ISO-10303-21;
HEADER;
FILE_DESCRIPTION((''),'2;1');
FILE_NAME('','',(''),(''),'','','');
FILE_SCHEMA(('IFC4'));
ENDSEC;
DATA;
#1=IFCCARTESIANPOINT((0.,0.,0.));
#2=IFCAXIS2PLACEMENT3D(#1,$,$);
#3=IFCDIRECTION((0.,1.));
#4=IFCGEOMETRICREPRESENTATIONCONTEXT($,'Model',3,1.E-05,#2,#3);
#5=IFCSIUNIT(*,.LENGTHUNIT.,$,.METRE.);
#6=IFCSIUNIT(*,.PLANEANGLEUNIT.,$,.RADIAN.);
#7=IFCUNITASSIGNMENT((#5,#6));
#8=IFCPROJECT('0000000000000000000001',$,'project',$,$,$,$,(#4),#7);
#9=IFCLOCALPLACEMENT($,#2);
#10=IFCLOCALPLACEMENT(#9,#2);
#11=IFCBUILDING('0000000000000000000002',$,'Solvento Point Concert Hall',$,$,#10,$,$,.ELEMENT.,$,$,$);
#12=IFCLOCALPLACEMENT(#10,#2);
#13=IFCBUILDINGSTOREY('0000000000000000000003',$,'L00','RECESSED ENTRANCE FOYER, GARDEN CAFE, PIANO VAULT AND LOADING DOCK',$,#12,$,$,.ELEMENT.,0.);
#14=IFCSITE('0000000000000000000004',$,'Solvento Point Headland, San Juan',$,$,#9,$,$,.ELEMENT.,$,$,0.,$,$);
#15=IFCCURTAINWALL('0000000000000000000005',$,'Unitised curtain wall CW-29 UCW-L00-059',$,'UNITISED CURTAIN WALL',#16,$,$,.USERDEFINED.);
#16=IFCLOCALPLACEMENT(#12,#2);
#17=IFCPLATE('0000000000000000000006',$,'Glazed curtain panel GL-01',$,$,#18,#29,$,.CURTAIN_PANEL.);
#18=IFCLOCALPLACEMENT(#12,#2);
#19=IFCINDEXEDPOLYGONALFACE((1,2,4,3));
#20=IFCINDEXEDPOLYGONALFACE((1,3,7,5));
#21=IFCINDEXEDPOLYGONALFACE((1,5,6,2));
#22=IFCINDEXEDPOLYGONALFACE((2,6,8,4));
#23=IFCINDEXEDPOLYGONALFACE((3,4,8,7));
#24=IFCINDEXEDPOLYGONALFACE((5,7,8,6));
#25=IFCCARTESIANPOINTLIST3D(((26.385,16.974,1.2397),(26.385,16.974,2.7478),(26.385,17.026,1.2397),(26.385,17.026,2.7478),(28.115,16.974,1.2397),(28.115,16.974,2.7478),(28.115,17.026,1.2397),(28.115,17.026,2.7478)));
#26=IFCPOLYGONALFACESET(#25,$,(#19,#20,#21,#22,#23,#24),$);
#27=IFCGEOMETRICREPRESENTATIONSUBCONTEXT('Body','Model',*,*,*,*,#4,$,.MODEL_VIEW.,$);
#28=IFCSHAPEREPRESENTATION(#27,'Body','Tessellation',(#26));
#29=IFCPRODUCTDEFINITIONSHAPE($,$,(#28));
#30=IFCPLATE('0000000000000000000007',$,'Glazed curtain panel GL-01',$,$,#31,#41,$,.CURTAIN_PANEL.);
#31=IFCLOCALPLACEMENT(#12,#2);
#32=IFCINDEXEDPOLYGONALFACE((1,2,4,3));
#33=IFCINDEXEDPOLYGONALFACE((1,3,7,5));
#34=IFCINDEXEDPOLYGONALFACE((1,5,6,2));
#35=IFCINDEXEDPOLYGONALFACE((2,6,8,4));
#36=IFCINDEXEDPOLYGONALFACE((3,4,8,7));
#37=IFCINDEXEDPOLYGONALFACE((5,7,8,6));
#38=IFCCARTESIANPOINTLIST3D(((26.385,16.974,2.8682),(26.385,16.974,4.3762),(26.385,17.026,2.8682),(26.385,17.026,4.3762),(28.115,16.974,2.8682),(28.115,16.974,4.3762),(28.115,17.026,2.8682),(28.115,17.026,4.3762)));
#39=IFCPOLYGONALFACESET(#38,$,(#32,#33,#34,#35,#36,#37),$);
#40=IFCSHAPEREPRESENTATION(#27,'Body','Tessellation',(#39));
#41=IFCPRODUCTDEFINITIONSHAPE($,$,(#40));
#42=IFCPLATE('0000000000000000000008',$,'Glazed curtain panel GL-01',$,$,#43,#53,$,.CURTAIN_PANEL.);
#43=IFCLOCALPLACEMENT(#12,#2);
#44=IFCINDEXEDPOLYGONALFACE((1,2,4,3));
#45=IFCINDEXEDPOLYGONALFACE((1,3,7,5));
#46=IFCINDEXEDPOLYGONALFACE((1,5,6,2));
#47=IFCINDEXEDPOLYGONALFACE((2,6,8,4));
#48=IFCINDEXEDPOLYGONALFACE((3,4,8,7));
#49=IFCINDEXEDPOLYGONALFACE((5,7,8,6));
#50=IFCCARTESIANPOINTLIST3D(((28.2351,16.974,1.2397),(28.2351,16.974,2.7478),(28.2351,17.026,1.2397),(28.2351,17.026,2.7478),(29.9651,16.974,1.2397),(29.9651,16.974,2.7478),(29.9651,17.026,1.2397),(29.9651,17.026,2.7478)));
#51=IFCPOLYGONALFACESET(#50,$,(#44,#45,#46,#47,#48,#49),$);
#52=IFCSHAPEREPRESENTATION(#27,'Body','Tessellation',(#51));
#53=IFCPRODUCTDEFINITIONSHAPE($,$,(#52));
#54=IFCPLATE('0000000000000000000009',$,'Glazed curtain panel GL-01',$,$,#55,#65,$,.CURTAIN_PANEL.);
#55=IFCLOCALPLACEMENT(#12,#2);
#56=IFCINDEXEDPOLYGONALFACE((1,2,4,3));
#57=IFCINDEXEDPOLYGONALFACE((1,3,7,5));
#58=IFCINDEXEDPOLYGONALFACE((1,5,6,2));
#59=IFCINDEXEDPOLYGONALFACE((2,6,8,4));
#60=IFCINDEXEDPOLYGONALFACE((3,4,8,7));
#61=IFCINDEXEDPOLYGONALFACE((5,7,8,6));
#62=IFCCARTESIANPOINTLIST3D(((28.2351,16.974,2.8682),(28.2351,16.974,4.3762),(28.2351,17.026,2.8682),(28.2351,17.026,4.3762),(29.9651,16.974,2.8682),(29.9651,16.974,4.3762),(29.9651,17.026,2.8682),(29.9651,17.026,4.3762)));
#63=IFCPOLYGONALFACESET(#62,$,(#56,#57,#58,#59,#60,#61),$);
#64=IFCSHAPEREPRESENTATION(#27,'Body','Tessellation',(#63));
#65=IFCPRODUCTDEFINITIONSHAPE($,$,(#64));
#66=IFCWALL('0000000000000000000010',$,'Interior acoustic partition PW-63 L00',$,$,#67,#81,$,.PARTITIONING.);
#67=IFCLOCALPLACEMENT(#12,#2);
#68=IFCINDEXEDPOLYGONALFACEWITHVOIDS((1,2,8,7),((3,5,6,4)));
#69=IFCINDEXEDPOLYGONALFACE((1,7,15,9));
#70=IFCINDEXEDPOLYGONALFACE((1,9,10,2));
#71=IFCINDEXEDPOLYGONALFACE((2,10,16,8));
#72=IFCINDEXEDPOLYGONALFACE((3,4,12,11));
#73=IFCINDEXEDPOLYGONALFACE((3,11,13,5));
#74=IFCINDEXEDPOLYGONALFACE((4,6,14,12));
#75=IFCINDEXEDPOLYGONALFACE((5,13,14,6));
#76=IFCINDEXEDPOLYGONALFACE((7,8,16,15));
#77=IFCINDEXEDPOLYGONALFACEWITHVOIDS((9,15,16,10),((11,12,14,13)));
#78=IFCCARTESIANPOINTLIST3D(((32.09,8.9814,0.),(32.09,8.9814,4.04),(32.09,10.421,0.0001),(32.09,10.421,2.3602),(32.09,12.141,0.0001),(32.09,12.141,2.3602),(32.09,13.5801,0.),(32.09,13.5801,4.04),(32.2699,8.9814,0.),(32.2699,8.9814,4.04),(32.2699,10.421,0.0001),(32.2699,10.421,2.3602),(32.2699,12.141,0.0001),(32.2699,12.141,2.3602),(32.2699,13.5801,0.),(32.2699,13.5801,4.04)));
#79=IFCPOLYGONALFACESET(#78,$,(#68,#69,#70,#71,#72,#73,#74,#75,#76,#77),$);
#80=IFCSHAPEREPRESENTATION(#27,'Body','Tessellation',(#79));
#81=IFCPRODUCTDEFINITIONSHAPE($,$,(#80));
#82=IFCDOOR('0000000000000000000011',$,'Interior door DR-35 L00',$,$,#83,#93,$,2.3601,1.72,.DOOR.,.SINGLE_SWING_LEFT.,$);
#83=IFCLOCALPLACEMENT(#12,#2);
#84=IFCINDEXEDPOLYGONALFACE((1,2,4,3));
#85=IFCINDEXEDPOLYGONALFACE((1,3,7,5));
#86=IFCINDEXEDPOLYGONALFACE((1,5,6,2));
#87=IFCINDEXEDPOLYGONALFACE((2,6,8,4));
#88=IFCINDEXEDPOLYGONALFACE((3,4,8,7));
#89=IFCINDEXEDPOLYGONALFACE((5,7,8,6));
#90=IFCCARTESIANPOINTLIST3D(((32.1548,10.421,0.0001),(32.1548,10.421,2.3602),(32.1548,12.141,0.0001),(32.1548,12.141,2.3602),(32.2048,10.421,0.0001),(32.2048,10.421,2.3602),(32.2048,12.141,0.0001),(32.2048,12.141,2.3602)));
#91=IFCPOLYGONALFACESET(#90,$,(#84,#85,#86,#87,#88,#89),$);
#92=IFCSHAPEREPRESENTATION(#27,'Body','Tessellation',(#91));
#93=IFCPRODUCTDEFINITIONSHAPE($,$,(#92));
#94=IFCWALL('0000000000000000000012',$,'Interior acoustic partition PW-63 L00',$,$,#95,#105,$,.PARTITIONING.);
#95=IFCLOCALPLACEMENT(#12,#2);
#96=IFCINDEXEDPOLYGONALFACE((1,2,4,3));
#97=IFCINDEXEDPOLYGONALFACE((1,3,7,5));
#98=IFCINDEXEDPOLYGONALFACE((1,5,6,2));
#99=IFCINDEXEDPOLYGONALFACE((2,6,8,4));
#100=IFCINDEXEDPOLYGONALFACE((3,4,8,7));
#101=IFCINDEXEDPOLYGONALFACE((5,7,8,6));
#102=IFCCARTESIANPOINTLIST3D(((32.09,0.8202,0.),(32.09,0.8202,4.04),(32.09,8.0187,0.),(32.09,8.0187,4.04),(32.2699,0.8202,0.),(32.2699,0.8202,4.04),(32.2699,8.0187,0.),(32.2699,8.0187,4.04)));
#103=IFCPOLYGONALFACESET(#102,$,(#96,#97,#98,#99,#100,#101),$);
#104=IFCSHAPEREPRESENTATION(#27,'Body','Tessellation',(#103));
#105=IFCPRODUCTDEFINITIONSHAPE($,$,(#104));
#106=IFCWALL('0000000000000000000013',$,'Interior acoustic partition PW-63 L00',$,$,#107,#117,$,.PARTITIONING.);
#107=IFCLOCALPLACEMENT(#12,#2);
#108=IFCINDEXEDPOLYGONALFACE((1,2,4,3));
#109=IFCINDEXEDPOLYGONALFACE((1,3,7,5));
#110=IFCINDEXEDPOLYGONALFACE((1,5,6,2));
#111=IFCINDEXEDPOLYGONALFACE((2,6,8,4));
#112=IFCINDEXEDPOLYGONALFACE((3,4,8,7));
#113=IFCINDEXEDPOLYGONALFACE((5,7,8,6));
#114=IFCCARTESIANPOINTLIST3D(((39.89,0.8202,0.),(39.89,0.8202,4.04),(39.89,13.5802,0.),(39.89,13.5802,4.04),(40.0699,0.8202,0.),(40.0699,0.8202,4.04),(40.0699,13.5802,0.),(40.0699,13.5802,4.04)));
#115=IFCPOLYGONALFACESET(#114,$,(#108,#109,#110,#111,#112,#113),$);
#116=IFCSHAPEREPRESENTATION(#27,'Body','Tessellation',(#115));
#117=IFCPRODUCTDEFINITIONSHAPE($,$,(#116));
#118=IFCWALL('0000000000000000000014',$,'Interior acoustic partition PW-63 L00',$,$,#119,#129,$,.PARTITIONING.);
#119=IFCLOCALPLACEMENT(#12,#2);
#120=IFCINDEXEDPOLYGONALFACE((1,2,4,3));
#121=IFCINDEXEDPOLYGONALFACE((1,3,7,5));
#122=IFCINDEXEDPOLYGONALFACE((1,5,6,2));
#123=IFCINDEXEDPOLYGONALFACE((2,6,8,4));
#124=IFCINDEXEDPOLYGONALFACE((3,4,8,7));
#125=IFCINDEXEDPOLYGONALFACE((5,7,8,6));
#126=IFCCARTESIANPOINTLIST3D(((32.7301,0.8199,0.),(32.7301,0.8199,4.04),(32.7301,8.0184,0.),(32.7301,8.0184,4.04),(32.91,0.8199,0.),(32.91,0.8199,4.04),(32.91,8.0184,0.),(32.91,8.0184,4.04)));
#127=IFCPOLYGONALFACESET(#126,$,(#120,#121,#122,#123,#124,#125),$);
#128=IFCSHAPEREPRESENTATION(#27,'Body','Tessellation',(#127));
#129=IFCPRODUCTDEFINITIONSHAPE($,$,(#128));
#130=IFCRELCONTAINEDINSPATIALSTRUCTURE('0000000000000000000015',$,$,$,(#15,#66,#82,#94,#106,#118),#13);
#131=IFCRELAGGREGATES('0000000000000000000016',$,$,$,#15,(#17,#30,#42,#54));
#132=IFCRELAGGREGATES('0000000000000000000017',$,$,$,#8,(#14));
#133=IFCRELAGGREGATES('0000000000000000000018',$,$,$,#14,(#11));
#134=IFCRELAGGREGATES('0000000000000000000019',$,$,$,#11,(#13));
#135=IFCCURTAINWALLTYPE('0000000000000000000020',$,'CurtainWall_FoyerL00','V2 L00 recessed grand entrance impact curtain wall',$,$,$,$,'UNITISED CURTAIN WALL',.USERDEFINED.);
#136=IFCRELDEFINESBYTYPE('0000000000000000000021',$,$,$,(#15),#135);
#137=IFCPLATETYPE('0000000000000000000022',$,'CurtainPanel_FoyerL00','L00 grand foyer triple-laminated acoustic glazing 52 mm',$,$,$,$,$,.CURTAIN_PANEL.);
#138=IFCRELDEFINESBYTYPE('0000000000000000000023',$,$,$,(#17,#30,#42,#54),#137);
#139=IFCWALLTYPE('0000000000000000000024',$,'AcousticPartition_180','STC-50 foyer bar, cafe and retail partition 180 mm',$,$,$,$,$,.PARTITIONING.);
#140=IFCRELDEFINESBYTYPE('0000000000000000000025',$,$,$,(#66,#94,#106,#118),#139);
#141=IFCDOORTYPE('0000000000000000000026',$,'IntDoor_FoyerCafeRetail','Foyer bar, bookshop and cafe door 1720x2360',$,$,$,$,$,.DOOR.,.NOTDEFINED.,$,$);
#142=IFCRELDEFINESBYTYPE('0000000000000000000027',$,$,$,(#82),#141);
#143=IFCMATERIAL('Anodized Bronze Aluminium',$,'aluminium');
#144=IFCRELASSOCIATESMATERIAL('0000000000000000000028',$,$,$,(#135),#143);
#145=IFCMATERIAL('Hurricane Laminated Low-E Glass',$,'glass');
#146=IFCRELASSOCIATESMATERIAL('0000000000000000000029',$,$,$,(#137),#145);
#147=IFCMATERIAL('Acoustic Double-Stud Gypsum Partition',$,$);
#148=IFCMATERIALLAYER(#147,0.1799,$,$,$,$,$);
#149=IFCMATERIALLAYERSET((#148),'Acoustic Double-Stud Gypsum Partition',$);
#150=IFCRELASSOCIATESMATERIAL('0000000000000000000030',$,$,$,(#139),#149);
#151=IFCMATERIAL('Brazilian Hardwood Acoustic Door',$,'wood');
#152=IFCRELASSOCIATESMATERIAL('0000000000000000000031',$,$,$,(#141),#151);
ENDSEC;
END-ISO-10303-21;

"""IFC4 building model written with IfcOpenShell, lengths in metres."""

from ifc_helpers import new_model, si_unit, direction, frame, frame_2d, origin, origin_2d, place, context, subcontext, project, spatial, rectangle, extrude, material, layer, layer_set, type_object, element, fill, aggregate, save


model = new_model("IFC4")

# Units and contexts
model_context = context("Model", 3, precision=1e-05, world=origin(), true_north=direction((0.0, 1.0)))
body_context = subcontext(model_context, "Body", "Model", "MODEL_VIEW")
ifc_project = project(units=[si_unit("LENGTHUNIT", "METRE"), si_unit("PLANEANGLEUNIT", "RADIAN")], contexts=[model_context])

# Site, building, storey
site_placement = place(None, origin())
site = spatial("IfcSite", under=ifc_project, at=site_placement, Name="Solvento Point Headland, San Juan", CompositionType="ELEMENT", RefElevation=0.0)
building_placement = place(site_placement, origin())
building = spatial("IfcBuilding", under=site, at=building_placement, Name="Solvento Point Concert Hall", CompositionType="ELEMENT")
storey_placement = place(building_placement, origin())
storey = spatial("IfcBuildingStorey", under=building, at=storey_placement, Name="L00", Description="RECESSED ENTRANCE FOYER, GARDEN CAFE, PIANO VAULT AND LOADING DOCK", CompositionType="ELEMENT", Elevation=0.0)

# Curtain wall, plates
ifc_material_1 = material(Name="Anodized Bronze Aluminium", Category="aluminium")
curtain_wall_type = type_object("IfcCurtainWallType", Name="CurtainWall_FoyerL00", Description="V2 L00 recessed grand entrance impact curtain wall", ElementType="UNITISED CURTAIN WALL", PredefinedType="USERDEFINED", material=ifc_material_1)
curtain_wall_placement = place(storey_placement, origin())
curtain_wall = element("IfcCurtainWall", 1, at=curtain_wall_placement, inside=storey, type_object=curtain_wall_type, Name="Unitised curtain wall CW-29 UCW-L00-059", ObjectType="UNITISED CURTAIN WALL", PredefinedType="USERDEFINED")
ifc_material_2 = material(Name="Hurricane Laminated Low-E Glass", Category="glass")
plate_type = type_object("IfcPlateType", Name="CurtainPanel_FoyerL00", Description="L00 grand foyer triple-laminated acoustic glazing 52 mm", PredefinedType="CURTAIN_PANEL", material=ifc_material_2)
plate_1_placement = place(storey_placement, frame((27.25, 17.0, 1.2397), z_axis=(0.0, 0.0, 1.0), x_axis=(1.0, 0.0, 0.0)))
plate_1 = element("IfcPlate", 2, at=plate_1_placement, type_object=plate_type, Name="Glazed curtain panel GL-01", PredefinedType="CURTAIN_PANEL", context=body_context, shape_type="SweptSolid", body=[
    extrude(rectangle(XDim=1.73, YDim=0.052, at=origin_2d()), origin(), (0.0, 0.0, 1.0), 1.5081),
])
plate_2_placement = place(storey_placement, frame((27.25, 17.0, 2.8682), z_axis=(0.0, 0.0, 1.0), x_axis=(1.0, 0.0, 0.0)))
plate_2 = element("IfcPlate", 3, at=plate_2_placement, type_object=plate_type, Name="Glazed curtain panel GL-01", PredefinedType="CURTAIN_PANEL", context=body_context, shape_type="SweptSolid", body=[
    extrude(rectangle(XDim=1.73, YDim=0.052, at=origin_2d()), origin(), (0.0, 0.0, 1.0), 1.5081),
])
plate_3_placement = place(storey_placement, frame((29.1001, 17.0, 1.2397), z_axis=(0.0, 0.0, 1.0), x_axis=(1.0, 0.0, 0.0)))
plate_3 = element("IfcPlate", 4, at=plate_3_placement, type_object=plate_type, Name="Glazed curtain panel GL-01", PredefinedType="CURTAIN_PANEL", context=body_context, shape_type="SweptSolid", body=[
    extrude(rectangle(XDim=1.73, YDim=0.052, at=origin_2d()), origin(), (0.0, 0.0, 1.0), 1.5081),
])
plate_4_placement = place(storey_placement, frame((29.1001, 17.0, 2.8682), z_axis=(0.0, 0.0, 1.0), x_axis=(1.0, 0.0, 0.0)))
plate_4 = element("IfcPlate", 5, at=plate_4_placement, type_object=plate_type, Name="Glazed curtain panel GL-01", PredefinedType="CURTAIN_PANEL", context=body_context, shape_type="SweptSolid", body=[
    extrude(rectangle(XDim=1.73, YDim=0.052, at=origin_2d()), origin(), (0.0, 0.0, 1.0), 1.5081),
])
aggregate(curtain_wall, [plate_1, plate_2, plate_3, plate_4])

# Wall, opening, door
ifc_material_3 = material(Name="Acoustic Double-Stud Gypsum Partition")
ifc_layer_1 = layer(ifc_material_3, 0.1799)
ifc_layer_set_1 = layer_set([ifc_layer_1], Name="Acoustic Double-Stud Gypsum Partition")
wall_type_1 = type_object("IfcWallType", Name="AcousticPartition_180", Description="STC-50 foyer bar, cafe and retail partition 180 mm", PredefinedType="PARTITIONING", material=ifc_layer_set_1)
wall_1_placement = place(storey_placement, frame((32.1799, 13.5801, 0.0), z_axis=(0.0, 0.0, 1.0), x_axis=(0.0, -1.0, 0.0)))
wall_1 = element("IfcWall", 6, at=wall_1_placement, inside=storey, type_object=wall_type_1, Name="Interior acoustic partition PW-63 L00", PredefinedType="PARTITIONING", context=body_context, shape_type="SweptSolid", body=[
    extrude(rectangle(XDim=4.5986, YDim=0.1799, at=frame_2d((2.2993, 0.0))), origin(), (0.0, 0.0, 1.0), 4.04),
])
opening_1_placement = place(wall_1_placement, frame((1.4392, 0.0, 0.0)))
opening_1 = element("IfcOpeningElement", 7, at=opening_1_placement, cuts=wall_1, PredefinedType="OPENING", context=body_context, shape_type="SweptSolid", body=[
    extrude(rectangle(XDim=1.72, YDim=2.3601, at=frame_2d((0.8599, 1.1802))), frame((0.0, 0.0999, 0.0), z_axis=(0.0, -1.0, 0.0), x_axis=(1.0, 0.0, 0.0)), (0.0, 0.0, 1.0), 0.2),
])
ifc_material_4 = material(Name="Brazilian Hardwood Acoustic Door", Category="wood")
door_type_1 = type_object("IfcDoorType", Name="IntDoor_FoyerCafeRetail", Description="Foyer bar, bookshop and cafe door 1720x2360", OperationType="NOTDEFINED", PredefinedType="DOOR", material=ifc_material_4)
door_1_placement = place(opening_1_placement, origin())
door_1 = element("IfcDoor", 8, at=door_1_placement, inside=storey, type_object=door_type_1, Name="Interior door DR-35 L00", OperationType="SINGLE_SWING_LEFT", OverallHeight=2.3601, OverallWidth=1.72, PredefinedType="DOOR", context=body_context, shape_type="SweptSolid", body=[
    extrude(rectangle(XDim=1.72, YDim=2.3601, at=frame_2d((0.8599, 1.1802))), frame((0.0, 0.0249, 0.0), z_axis=(0.0, -1.0, 0.0), x_axis=(1.0, 0.0, 0.0)), (0.0, 0.0, 1.0), 0.05),
])
fill(opening_1, door_1)

# Walls
wall_2_placement = place(storey_placement, frame((32.1799, 8.0186, 0.0), z_axis=(0.0, 0.0, 1.0), x_axis=(0.0, -1.0, 0.0)))
element("IfcWall", 9, at=wall_2_placement, inside=storey, type_object=wall_type_1, Name="Interior acoustic partition PW-63 L00", PredefinedType="PARTITIONING", context=body_context, shape_type="SweptSolid", body=[
    extrude(rectangle(XDim=7.1985, YDim=0.1799, at=frame_2d((3.5991, 0.0))), origin(), (0.0, 0.0, 1.0), 4.04),
])
wall_3_placement = place(storey_placement, frame((39.98, 13.5801, 0.0), z_axis=(0.0, 0.0, 1.0), x_axis=(0.0, -1.0, 0.0)))
element("IfcWall", 10, at=wall_3_placement, inside=storey, type_object=wall_type_1, Name="Interior acoustic partition PW-63 L00", PredefinedType="PARTITIONING", context=body_context, shape_type="SweptSolid", body=[
    extrude(rectangle(XDim=12.76, YDim=0.1799, at=frame_2d((6.3799, 0.0))), origin(), (0.0, 0.0, 1.0), 4.04),
])
wall_4_placement = place(storey_placement, frame((32.8201, 0.8201, 0.0), z_axis=(0.0, 0.0, 1.0), x_axis=(0.0, 1.0, 0.0)))
element("IfcWall", 11, at=wall_4_placement, inside=storey, type_object=wall_type_1, Name="Interior acoustic partition PW-63 L00", PredefinedType="PARTITIONING", context=body_context, shape_type="SweptSolid", body=[
    extrude(rectangle(XDim=7.1985, YDim=0.1799, at=frame_2d((3.5991, 0.0))), origin(), (0.0, 0.0, 1.0), 4.04),
])

save(model, "model.ifc")
